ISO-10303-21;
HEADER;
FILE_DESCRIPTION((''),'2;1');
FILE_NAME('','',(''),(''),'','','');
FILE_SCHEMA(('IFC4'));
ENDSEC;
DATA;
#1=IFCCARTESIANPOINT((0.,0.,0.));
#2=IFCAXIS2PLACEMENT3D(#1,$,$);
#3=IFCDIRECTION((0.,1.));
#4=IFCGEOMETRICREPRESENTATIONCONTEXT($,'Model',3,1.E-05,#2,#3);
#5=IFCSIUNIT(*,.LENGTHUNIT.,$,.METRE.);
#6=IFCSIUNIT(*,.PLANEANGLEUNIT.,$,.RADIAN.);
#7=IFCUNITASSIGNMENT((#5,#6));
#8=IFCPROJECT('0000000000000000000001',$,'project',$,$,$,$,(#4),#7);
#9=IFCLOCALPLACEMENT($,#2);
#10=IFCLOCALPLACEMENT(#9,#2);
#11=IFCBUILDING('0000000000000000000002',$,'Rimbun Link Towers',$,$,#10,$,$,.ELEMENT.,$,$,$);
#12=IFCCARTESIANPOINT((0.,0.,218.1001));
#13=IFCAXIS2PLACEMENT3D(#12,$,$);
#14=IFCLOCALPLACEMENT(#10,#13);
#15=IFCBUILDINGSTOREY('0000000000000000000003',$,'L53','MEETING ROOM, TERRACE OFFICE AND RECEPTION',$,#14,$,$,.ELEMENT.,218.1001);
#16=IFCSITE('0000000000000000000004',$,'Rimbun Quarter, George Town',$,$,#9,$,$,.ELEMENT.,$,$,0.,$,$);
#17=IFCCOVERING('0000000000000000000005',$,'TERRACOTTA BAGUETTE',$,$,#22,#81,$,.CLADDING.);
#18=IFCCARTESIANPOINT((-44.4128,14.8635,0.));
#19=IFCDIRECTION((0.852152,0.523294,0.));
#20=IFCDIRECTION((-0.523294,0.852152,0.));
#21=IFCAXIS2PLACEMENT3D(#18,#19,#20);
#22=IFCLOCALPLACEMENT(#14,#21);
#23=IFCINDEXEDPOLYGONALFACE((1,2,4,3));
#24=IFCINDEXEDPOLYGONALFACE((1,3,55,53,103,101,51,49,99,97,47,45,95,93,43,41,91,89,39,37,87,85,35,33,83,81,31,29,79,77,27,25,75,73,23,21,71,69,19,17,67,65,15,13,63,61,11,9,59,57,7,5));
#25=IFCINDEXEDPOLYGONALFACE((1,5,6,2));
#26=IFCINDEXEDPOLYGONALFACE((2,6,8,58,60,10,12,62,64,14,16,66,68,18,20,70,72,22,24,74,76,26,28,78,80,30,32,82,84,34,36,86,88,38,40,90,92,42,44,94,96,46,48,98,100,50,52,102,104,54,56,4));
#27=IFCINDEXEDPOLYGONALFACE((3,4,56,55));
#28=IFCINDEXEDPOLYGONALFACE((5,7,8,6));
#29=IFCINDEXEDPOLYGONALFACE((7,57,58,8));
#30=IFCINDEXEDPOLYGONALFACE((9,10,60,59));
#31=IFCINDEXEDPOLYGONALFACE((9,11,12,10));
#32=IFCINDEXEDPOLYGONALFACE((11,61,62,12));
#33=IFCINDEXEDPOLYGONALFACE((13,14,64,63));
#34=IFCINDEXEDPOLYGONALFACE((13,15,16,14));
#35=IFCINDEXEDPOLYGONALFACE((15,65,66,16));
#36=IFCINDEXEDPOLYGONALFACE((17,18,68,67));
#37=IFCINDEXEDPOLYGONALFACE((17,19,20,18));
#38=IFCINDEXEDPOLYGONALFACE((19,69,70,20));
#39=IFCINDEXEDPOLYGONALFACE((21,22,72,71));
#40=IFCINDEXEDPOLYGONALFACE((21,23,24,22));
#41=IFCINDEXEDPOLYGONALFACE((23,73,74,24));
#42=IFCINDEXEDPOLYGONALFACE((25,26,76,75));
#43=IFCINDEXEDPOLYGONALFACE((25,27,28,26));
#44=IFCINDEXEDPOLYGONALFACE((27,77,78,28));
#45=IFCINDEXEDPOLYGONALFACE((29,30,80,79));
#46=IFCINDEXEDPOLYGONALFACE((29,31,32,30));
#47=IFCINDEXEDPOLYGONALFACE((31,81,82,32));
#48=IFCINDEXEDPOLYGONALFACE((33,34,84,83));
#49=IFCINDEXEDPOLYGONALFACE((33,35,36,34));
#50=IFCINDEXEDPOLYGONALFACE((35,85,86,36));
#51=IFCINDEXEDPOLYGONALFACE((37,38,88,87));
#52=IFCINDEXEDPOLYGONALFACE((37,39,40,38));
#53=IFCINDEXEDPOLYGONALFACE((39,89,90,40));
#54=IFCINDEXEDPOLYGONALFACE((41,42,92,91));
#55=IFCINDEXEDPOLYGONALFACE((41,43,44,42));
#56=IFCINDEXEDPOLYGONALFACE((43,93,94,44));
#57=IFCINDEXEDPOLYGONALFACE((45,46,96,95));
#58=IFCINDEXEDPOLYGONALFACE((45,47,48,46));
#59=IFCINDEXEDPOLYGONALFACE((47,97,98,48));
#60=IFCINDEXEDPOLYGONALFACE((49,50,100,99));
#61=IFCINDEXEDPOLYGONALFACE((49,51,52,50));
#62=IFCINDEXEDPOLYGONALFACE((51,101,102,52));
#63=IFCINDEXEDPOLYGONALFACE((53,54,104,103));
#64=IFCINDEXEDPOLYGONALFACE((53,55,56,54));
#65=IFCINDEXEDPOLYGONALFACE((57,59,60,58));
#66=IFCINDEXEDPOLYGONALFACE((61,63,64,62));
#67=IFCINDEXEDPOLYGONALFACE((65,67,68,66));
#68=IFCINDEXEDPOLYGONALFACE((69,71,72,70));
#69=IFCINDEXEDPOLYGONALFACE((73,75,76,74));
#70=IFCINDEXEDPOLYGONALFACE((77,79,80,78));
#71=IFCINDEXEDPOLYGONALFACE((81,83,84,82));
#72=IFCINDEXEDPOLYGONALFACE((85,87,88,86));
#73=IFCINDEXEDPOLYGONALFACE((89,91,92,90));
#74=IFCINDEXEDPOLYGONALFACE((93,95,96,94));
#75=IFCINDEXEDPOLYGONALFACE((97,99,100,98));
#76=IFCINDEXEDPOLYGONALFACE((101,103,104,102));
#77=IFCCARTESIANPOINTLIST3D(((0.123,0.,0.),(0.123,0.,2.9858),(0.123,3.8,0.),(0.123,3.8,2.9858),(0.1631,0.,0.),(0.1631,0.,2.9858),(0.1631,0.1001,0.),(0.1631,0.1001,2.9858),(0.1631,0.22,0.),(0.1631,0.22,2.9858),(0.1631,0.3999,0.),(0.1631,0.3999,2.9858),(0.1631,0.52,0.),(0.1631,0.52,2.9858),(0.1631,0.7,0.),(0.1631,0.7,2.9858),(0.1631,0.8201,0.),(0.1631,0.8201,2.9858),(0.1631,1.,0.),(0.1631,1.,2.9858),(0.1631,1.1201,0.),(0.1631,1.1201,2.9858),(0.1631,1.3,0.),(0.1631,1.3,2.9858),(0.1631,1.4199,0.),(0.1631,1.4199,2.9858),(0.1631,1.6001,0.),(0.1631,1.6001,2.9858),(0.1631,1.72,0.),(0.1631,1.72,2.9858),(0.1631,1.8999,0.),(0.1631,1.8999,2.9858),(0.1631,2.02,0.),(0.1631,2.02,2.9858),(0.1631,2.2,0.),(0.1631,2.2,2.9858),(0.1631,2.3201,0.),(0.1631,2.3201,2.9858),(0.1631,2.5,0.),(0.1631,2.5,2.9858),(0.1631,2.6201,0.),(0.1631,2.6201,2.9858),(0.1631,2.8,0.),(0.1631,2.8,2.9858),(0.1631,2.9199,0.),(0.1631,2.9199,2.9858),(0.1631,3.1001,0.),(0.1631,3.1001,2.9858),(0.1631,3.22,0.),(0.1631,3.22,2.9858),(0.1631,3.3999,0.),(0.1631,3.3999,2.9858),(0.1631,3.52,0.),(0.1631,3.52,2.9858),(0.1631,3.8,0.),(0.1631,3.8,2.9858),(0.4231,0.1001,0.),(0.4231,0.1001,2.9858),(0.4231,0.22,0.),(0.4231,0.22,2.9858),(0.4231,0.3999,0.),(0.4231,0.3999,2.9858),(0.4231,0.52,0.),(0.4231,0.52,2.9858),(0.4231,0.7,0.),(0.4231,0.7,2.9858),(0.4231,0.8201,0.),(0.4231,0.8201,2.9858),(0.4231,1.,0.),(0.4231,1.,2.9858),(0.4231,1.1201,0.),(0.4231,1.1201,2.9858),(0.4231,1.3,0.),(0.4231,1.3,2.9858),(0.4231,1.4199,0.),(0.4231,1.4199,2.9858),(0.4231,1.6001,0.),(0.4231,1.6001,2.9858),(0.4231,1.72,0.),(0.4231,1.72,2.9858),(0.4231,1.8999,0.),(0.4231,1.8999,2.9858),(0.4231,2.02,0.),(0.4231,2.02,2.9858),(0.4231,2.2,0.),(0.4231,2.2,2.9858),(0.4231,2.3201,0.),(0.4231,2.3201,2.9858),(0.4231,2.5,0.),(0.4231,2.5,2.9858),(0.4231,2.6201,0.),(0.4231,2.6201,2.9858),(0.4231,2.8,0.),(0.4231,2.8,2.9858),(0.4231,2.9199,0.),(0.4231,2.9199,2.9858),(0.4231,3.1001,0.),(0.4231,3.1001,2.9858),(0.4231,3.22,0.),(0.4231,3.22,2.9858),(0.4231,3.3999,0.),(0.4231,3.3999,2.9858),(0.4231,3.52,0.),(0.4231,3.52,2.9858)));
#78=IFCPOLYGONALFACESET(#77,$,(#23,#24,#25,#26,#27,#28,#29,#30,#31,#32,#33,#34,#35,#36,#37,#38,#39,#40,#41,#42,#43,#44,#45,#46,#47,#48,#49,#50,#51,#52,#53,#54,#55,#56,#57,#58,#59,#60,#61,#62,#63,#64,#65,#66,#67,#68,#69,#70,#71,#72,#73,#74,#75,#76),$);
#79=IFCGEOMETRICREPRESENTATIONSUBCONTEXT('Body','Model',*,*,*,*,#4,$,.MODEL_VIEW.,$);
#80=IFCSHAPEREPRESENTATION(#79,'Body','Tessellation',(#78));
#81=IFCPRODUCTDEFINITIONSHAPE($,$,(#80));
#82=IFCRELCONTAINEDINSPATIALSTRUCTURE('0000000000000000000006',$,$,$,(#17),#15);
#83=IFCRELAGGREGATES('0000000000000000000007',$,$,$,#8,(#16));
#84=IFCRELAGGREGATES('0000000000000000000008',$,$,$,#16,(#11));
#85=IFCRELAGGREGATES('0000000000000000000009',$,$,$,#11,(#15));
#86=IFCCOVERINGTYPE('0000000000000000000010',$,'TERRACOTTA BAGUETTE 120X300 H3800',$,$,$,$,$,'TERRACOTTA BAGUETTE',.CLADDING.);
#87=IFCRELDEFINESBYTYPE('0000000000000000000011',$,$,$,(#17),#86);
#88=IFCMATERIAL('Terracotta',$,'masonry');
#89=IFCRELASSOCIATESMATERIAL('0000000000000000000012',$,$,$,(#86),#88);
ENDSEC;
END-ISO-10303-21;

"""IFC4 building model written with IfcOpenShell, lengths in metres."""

from ifc_helpers import new_model, si_unit, direction, frame, origin, place, context, subcontext, project, spatial, polyline, outline, extrude, material, material_profile, profile_set, type_object, element, save


model = new_model("IFC4")

# Units and contexts
model_context = context("Model", 3, precision=1e-05, world=origin(), true_north=direction((0.0, 1.0)))
body_context = subcontext(model_context, "Body", "Model", "MODEL_VIEW")
ifc_project = project(units=[si_unit("LENGTHUNIT", "METRE"), si_unit("PLANEANGLEUNIT", "RADIAN")], contexts=[model_context])

# Site, building, storey
site_placement = place(None, origin())
site = spatial("IfcSite", under=ifc_project, at=site_placement, Name="Rimbun Quarter, George Town", CompositionType="ELEMENT", RefElevation=0.0)
building_placement = place(site_placement, origin())
building = spatial("IfcBuilding", under=site, at=building_placement, Name="Rimbun Link Towers", CompositionType="ELEMENT")
storey_placement = place(building_placement, frame((0.0, 0.0, 218.1001)))
storey = spatial("IfcBuildingStorey", under=building, at=storey_placement, Name="L53", Description="MEETING ROOM, TERRACE OFFICE AND RECEPTION", CompositionType="ELEMENT", Elevation=218.1001)

# Covering
ifc_material_1 = material(Name="Terracotta", Category="masonry")
ifc_material_profile_1 = material_profile(ifc_material_1, outline(polyline([(0.123, 0.0), (0.1631, 0.0), (0.1631, 0.1001), (0.4231, 0.1001), (0.4231, 0.22), (0.1631, 0.22), (0.1631, 0.3999), (0.4231, 0.3999), (0.4231, 0.52), (0.1631, 0.52), (0.1631, 0.7), (0.4231, 0.7), (0.4231, 0.8201), (0.1631, 0.8201), (0.1631, 1.0), (0.4231, 1.0), (0.4231, 1.1201), (0.1631, 1.1201), (0.1631, 1.3), (0.4231, 1.3), (0.4231, 1.4199), (0.1631, 1.4199), (0.1631, 1.6001), (0.4231, 1.6001), (0.4231, 1.72), (0.1631, 1.72), (0.1631, 1.8999), (0.4231, 1.8999), (0.4231, 2.02), (0.1631, 2.02), (0.1631, 2.2), (0.4231, 2.2), (0.4231, 2.3201), (0.1631, 2.3201), (0.1631, 2.5), (0.4231, 2.5), (0.4231, 2.6201), (0.1631, 2.6201), (0.1631, 2.8), (0.4231, 2.8), (0.4231, 2.9199), (0.1631, 2.9199), (0.1631, 3.1001), (0.4231, 3.1001), (0.4231, 3.22), (0.1631, 3.22), (0.1631, 3.3999), (0.4231, 3.3999), (0.4231, 3.52), (0.1631, 3.52), (0.1631, 3.8), (0.123, 3.8), (0.123, 0.0)])), Name="BAGUETTE 120X300")
ifc_profile_set_1 = profile_set([ifc_material_profile_1], Name="Terracotta")
covering_type = type_object("IfcCoveringType", Name="TERRACOTTA BAGUETTE 120X300 H3800", ElementType="TERRACOTTA BAGUETTE", PredefinedType="CLADDING", material=ifc_profile_set_1)
covering_placement = place(storey_placement, frame((-44.4128, 14.8635, 0.0), z_axis=(0.852152, 0.523294, 0.0), x_axis=(-0.523294, 0.852152, 0.0)))
element("IfcCovering", 1, at=covering_placement, inside=storey, type_object=covering_type, Name="TERRACOTTA BAGUETTE", PredefinedType="CLADDING", context=body_context, shape_type="SweptSolid", body=[
    extrude(outline(polyline([(0.123, 0.0), (0.1631, 0.0), (0.1631, 0.1001), (0.4231, 0.1001), (0.4231, 0.22), (0.1631, 0.22), (0.1631, 0.3999), (0.4231, 0.3999), (0.4231, 0.52), (0.1631, 0.52), (0.1631, 0.7), (0.4231, 0.7), (0.4231, 0.8201), (0.1631, 0.8201), (0.1631, 1.0), (0.4231, 1.0), (0.4231, 1.1201), (0.1631, 1.1201), (0.1631, 1.3), (0.4231, 1.3), (0.4231, 1.4199), (0.1631, 1.4199), (0.1631, 1.6001), (0.4231, 1.6001), (0.4231, 1.72), (0.1631, 1.72), (0.1631, 1.8999), (0.4231, 1.8999), (0.4231, 2.02), (0.1631, 2.02), (0.1631, 2.2), (0.4231, 2.2), (0.4231, 2.3201), (0.1631, 2.3201), (0.1631, 2.5), (0.4231, 2.5), (0.4231, 2.6201), (0.1631, 2.6201), (0.1631, 2.8), (0.4231, 2.8), (0.4231, 2.9199), (0.1631, 2.9199), (0.1631, 3.1001), (0.4231, 3.1001), (0.4231, 3.22), (0.1631, 3.22), (0.1631, 3.3999), (0.4231, 3.3999), (0.4231, 3.52), (0.1631, 3.52), (0.1631, 3.8), (0.123, 3.8), (0.123, 0.0)])), origin(), (0.0, 0.0, 1.0), 2.9858),
])

save(model, "model.ifc")
